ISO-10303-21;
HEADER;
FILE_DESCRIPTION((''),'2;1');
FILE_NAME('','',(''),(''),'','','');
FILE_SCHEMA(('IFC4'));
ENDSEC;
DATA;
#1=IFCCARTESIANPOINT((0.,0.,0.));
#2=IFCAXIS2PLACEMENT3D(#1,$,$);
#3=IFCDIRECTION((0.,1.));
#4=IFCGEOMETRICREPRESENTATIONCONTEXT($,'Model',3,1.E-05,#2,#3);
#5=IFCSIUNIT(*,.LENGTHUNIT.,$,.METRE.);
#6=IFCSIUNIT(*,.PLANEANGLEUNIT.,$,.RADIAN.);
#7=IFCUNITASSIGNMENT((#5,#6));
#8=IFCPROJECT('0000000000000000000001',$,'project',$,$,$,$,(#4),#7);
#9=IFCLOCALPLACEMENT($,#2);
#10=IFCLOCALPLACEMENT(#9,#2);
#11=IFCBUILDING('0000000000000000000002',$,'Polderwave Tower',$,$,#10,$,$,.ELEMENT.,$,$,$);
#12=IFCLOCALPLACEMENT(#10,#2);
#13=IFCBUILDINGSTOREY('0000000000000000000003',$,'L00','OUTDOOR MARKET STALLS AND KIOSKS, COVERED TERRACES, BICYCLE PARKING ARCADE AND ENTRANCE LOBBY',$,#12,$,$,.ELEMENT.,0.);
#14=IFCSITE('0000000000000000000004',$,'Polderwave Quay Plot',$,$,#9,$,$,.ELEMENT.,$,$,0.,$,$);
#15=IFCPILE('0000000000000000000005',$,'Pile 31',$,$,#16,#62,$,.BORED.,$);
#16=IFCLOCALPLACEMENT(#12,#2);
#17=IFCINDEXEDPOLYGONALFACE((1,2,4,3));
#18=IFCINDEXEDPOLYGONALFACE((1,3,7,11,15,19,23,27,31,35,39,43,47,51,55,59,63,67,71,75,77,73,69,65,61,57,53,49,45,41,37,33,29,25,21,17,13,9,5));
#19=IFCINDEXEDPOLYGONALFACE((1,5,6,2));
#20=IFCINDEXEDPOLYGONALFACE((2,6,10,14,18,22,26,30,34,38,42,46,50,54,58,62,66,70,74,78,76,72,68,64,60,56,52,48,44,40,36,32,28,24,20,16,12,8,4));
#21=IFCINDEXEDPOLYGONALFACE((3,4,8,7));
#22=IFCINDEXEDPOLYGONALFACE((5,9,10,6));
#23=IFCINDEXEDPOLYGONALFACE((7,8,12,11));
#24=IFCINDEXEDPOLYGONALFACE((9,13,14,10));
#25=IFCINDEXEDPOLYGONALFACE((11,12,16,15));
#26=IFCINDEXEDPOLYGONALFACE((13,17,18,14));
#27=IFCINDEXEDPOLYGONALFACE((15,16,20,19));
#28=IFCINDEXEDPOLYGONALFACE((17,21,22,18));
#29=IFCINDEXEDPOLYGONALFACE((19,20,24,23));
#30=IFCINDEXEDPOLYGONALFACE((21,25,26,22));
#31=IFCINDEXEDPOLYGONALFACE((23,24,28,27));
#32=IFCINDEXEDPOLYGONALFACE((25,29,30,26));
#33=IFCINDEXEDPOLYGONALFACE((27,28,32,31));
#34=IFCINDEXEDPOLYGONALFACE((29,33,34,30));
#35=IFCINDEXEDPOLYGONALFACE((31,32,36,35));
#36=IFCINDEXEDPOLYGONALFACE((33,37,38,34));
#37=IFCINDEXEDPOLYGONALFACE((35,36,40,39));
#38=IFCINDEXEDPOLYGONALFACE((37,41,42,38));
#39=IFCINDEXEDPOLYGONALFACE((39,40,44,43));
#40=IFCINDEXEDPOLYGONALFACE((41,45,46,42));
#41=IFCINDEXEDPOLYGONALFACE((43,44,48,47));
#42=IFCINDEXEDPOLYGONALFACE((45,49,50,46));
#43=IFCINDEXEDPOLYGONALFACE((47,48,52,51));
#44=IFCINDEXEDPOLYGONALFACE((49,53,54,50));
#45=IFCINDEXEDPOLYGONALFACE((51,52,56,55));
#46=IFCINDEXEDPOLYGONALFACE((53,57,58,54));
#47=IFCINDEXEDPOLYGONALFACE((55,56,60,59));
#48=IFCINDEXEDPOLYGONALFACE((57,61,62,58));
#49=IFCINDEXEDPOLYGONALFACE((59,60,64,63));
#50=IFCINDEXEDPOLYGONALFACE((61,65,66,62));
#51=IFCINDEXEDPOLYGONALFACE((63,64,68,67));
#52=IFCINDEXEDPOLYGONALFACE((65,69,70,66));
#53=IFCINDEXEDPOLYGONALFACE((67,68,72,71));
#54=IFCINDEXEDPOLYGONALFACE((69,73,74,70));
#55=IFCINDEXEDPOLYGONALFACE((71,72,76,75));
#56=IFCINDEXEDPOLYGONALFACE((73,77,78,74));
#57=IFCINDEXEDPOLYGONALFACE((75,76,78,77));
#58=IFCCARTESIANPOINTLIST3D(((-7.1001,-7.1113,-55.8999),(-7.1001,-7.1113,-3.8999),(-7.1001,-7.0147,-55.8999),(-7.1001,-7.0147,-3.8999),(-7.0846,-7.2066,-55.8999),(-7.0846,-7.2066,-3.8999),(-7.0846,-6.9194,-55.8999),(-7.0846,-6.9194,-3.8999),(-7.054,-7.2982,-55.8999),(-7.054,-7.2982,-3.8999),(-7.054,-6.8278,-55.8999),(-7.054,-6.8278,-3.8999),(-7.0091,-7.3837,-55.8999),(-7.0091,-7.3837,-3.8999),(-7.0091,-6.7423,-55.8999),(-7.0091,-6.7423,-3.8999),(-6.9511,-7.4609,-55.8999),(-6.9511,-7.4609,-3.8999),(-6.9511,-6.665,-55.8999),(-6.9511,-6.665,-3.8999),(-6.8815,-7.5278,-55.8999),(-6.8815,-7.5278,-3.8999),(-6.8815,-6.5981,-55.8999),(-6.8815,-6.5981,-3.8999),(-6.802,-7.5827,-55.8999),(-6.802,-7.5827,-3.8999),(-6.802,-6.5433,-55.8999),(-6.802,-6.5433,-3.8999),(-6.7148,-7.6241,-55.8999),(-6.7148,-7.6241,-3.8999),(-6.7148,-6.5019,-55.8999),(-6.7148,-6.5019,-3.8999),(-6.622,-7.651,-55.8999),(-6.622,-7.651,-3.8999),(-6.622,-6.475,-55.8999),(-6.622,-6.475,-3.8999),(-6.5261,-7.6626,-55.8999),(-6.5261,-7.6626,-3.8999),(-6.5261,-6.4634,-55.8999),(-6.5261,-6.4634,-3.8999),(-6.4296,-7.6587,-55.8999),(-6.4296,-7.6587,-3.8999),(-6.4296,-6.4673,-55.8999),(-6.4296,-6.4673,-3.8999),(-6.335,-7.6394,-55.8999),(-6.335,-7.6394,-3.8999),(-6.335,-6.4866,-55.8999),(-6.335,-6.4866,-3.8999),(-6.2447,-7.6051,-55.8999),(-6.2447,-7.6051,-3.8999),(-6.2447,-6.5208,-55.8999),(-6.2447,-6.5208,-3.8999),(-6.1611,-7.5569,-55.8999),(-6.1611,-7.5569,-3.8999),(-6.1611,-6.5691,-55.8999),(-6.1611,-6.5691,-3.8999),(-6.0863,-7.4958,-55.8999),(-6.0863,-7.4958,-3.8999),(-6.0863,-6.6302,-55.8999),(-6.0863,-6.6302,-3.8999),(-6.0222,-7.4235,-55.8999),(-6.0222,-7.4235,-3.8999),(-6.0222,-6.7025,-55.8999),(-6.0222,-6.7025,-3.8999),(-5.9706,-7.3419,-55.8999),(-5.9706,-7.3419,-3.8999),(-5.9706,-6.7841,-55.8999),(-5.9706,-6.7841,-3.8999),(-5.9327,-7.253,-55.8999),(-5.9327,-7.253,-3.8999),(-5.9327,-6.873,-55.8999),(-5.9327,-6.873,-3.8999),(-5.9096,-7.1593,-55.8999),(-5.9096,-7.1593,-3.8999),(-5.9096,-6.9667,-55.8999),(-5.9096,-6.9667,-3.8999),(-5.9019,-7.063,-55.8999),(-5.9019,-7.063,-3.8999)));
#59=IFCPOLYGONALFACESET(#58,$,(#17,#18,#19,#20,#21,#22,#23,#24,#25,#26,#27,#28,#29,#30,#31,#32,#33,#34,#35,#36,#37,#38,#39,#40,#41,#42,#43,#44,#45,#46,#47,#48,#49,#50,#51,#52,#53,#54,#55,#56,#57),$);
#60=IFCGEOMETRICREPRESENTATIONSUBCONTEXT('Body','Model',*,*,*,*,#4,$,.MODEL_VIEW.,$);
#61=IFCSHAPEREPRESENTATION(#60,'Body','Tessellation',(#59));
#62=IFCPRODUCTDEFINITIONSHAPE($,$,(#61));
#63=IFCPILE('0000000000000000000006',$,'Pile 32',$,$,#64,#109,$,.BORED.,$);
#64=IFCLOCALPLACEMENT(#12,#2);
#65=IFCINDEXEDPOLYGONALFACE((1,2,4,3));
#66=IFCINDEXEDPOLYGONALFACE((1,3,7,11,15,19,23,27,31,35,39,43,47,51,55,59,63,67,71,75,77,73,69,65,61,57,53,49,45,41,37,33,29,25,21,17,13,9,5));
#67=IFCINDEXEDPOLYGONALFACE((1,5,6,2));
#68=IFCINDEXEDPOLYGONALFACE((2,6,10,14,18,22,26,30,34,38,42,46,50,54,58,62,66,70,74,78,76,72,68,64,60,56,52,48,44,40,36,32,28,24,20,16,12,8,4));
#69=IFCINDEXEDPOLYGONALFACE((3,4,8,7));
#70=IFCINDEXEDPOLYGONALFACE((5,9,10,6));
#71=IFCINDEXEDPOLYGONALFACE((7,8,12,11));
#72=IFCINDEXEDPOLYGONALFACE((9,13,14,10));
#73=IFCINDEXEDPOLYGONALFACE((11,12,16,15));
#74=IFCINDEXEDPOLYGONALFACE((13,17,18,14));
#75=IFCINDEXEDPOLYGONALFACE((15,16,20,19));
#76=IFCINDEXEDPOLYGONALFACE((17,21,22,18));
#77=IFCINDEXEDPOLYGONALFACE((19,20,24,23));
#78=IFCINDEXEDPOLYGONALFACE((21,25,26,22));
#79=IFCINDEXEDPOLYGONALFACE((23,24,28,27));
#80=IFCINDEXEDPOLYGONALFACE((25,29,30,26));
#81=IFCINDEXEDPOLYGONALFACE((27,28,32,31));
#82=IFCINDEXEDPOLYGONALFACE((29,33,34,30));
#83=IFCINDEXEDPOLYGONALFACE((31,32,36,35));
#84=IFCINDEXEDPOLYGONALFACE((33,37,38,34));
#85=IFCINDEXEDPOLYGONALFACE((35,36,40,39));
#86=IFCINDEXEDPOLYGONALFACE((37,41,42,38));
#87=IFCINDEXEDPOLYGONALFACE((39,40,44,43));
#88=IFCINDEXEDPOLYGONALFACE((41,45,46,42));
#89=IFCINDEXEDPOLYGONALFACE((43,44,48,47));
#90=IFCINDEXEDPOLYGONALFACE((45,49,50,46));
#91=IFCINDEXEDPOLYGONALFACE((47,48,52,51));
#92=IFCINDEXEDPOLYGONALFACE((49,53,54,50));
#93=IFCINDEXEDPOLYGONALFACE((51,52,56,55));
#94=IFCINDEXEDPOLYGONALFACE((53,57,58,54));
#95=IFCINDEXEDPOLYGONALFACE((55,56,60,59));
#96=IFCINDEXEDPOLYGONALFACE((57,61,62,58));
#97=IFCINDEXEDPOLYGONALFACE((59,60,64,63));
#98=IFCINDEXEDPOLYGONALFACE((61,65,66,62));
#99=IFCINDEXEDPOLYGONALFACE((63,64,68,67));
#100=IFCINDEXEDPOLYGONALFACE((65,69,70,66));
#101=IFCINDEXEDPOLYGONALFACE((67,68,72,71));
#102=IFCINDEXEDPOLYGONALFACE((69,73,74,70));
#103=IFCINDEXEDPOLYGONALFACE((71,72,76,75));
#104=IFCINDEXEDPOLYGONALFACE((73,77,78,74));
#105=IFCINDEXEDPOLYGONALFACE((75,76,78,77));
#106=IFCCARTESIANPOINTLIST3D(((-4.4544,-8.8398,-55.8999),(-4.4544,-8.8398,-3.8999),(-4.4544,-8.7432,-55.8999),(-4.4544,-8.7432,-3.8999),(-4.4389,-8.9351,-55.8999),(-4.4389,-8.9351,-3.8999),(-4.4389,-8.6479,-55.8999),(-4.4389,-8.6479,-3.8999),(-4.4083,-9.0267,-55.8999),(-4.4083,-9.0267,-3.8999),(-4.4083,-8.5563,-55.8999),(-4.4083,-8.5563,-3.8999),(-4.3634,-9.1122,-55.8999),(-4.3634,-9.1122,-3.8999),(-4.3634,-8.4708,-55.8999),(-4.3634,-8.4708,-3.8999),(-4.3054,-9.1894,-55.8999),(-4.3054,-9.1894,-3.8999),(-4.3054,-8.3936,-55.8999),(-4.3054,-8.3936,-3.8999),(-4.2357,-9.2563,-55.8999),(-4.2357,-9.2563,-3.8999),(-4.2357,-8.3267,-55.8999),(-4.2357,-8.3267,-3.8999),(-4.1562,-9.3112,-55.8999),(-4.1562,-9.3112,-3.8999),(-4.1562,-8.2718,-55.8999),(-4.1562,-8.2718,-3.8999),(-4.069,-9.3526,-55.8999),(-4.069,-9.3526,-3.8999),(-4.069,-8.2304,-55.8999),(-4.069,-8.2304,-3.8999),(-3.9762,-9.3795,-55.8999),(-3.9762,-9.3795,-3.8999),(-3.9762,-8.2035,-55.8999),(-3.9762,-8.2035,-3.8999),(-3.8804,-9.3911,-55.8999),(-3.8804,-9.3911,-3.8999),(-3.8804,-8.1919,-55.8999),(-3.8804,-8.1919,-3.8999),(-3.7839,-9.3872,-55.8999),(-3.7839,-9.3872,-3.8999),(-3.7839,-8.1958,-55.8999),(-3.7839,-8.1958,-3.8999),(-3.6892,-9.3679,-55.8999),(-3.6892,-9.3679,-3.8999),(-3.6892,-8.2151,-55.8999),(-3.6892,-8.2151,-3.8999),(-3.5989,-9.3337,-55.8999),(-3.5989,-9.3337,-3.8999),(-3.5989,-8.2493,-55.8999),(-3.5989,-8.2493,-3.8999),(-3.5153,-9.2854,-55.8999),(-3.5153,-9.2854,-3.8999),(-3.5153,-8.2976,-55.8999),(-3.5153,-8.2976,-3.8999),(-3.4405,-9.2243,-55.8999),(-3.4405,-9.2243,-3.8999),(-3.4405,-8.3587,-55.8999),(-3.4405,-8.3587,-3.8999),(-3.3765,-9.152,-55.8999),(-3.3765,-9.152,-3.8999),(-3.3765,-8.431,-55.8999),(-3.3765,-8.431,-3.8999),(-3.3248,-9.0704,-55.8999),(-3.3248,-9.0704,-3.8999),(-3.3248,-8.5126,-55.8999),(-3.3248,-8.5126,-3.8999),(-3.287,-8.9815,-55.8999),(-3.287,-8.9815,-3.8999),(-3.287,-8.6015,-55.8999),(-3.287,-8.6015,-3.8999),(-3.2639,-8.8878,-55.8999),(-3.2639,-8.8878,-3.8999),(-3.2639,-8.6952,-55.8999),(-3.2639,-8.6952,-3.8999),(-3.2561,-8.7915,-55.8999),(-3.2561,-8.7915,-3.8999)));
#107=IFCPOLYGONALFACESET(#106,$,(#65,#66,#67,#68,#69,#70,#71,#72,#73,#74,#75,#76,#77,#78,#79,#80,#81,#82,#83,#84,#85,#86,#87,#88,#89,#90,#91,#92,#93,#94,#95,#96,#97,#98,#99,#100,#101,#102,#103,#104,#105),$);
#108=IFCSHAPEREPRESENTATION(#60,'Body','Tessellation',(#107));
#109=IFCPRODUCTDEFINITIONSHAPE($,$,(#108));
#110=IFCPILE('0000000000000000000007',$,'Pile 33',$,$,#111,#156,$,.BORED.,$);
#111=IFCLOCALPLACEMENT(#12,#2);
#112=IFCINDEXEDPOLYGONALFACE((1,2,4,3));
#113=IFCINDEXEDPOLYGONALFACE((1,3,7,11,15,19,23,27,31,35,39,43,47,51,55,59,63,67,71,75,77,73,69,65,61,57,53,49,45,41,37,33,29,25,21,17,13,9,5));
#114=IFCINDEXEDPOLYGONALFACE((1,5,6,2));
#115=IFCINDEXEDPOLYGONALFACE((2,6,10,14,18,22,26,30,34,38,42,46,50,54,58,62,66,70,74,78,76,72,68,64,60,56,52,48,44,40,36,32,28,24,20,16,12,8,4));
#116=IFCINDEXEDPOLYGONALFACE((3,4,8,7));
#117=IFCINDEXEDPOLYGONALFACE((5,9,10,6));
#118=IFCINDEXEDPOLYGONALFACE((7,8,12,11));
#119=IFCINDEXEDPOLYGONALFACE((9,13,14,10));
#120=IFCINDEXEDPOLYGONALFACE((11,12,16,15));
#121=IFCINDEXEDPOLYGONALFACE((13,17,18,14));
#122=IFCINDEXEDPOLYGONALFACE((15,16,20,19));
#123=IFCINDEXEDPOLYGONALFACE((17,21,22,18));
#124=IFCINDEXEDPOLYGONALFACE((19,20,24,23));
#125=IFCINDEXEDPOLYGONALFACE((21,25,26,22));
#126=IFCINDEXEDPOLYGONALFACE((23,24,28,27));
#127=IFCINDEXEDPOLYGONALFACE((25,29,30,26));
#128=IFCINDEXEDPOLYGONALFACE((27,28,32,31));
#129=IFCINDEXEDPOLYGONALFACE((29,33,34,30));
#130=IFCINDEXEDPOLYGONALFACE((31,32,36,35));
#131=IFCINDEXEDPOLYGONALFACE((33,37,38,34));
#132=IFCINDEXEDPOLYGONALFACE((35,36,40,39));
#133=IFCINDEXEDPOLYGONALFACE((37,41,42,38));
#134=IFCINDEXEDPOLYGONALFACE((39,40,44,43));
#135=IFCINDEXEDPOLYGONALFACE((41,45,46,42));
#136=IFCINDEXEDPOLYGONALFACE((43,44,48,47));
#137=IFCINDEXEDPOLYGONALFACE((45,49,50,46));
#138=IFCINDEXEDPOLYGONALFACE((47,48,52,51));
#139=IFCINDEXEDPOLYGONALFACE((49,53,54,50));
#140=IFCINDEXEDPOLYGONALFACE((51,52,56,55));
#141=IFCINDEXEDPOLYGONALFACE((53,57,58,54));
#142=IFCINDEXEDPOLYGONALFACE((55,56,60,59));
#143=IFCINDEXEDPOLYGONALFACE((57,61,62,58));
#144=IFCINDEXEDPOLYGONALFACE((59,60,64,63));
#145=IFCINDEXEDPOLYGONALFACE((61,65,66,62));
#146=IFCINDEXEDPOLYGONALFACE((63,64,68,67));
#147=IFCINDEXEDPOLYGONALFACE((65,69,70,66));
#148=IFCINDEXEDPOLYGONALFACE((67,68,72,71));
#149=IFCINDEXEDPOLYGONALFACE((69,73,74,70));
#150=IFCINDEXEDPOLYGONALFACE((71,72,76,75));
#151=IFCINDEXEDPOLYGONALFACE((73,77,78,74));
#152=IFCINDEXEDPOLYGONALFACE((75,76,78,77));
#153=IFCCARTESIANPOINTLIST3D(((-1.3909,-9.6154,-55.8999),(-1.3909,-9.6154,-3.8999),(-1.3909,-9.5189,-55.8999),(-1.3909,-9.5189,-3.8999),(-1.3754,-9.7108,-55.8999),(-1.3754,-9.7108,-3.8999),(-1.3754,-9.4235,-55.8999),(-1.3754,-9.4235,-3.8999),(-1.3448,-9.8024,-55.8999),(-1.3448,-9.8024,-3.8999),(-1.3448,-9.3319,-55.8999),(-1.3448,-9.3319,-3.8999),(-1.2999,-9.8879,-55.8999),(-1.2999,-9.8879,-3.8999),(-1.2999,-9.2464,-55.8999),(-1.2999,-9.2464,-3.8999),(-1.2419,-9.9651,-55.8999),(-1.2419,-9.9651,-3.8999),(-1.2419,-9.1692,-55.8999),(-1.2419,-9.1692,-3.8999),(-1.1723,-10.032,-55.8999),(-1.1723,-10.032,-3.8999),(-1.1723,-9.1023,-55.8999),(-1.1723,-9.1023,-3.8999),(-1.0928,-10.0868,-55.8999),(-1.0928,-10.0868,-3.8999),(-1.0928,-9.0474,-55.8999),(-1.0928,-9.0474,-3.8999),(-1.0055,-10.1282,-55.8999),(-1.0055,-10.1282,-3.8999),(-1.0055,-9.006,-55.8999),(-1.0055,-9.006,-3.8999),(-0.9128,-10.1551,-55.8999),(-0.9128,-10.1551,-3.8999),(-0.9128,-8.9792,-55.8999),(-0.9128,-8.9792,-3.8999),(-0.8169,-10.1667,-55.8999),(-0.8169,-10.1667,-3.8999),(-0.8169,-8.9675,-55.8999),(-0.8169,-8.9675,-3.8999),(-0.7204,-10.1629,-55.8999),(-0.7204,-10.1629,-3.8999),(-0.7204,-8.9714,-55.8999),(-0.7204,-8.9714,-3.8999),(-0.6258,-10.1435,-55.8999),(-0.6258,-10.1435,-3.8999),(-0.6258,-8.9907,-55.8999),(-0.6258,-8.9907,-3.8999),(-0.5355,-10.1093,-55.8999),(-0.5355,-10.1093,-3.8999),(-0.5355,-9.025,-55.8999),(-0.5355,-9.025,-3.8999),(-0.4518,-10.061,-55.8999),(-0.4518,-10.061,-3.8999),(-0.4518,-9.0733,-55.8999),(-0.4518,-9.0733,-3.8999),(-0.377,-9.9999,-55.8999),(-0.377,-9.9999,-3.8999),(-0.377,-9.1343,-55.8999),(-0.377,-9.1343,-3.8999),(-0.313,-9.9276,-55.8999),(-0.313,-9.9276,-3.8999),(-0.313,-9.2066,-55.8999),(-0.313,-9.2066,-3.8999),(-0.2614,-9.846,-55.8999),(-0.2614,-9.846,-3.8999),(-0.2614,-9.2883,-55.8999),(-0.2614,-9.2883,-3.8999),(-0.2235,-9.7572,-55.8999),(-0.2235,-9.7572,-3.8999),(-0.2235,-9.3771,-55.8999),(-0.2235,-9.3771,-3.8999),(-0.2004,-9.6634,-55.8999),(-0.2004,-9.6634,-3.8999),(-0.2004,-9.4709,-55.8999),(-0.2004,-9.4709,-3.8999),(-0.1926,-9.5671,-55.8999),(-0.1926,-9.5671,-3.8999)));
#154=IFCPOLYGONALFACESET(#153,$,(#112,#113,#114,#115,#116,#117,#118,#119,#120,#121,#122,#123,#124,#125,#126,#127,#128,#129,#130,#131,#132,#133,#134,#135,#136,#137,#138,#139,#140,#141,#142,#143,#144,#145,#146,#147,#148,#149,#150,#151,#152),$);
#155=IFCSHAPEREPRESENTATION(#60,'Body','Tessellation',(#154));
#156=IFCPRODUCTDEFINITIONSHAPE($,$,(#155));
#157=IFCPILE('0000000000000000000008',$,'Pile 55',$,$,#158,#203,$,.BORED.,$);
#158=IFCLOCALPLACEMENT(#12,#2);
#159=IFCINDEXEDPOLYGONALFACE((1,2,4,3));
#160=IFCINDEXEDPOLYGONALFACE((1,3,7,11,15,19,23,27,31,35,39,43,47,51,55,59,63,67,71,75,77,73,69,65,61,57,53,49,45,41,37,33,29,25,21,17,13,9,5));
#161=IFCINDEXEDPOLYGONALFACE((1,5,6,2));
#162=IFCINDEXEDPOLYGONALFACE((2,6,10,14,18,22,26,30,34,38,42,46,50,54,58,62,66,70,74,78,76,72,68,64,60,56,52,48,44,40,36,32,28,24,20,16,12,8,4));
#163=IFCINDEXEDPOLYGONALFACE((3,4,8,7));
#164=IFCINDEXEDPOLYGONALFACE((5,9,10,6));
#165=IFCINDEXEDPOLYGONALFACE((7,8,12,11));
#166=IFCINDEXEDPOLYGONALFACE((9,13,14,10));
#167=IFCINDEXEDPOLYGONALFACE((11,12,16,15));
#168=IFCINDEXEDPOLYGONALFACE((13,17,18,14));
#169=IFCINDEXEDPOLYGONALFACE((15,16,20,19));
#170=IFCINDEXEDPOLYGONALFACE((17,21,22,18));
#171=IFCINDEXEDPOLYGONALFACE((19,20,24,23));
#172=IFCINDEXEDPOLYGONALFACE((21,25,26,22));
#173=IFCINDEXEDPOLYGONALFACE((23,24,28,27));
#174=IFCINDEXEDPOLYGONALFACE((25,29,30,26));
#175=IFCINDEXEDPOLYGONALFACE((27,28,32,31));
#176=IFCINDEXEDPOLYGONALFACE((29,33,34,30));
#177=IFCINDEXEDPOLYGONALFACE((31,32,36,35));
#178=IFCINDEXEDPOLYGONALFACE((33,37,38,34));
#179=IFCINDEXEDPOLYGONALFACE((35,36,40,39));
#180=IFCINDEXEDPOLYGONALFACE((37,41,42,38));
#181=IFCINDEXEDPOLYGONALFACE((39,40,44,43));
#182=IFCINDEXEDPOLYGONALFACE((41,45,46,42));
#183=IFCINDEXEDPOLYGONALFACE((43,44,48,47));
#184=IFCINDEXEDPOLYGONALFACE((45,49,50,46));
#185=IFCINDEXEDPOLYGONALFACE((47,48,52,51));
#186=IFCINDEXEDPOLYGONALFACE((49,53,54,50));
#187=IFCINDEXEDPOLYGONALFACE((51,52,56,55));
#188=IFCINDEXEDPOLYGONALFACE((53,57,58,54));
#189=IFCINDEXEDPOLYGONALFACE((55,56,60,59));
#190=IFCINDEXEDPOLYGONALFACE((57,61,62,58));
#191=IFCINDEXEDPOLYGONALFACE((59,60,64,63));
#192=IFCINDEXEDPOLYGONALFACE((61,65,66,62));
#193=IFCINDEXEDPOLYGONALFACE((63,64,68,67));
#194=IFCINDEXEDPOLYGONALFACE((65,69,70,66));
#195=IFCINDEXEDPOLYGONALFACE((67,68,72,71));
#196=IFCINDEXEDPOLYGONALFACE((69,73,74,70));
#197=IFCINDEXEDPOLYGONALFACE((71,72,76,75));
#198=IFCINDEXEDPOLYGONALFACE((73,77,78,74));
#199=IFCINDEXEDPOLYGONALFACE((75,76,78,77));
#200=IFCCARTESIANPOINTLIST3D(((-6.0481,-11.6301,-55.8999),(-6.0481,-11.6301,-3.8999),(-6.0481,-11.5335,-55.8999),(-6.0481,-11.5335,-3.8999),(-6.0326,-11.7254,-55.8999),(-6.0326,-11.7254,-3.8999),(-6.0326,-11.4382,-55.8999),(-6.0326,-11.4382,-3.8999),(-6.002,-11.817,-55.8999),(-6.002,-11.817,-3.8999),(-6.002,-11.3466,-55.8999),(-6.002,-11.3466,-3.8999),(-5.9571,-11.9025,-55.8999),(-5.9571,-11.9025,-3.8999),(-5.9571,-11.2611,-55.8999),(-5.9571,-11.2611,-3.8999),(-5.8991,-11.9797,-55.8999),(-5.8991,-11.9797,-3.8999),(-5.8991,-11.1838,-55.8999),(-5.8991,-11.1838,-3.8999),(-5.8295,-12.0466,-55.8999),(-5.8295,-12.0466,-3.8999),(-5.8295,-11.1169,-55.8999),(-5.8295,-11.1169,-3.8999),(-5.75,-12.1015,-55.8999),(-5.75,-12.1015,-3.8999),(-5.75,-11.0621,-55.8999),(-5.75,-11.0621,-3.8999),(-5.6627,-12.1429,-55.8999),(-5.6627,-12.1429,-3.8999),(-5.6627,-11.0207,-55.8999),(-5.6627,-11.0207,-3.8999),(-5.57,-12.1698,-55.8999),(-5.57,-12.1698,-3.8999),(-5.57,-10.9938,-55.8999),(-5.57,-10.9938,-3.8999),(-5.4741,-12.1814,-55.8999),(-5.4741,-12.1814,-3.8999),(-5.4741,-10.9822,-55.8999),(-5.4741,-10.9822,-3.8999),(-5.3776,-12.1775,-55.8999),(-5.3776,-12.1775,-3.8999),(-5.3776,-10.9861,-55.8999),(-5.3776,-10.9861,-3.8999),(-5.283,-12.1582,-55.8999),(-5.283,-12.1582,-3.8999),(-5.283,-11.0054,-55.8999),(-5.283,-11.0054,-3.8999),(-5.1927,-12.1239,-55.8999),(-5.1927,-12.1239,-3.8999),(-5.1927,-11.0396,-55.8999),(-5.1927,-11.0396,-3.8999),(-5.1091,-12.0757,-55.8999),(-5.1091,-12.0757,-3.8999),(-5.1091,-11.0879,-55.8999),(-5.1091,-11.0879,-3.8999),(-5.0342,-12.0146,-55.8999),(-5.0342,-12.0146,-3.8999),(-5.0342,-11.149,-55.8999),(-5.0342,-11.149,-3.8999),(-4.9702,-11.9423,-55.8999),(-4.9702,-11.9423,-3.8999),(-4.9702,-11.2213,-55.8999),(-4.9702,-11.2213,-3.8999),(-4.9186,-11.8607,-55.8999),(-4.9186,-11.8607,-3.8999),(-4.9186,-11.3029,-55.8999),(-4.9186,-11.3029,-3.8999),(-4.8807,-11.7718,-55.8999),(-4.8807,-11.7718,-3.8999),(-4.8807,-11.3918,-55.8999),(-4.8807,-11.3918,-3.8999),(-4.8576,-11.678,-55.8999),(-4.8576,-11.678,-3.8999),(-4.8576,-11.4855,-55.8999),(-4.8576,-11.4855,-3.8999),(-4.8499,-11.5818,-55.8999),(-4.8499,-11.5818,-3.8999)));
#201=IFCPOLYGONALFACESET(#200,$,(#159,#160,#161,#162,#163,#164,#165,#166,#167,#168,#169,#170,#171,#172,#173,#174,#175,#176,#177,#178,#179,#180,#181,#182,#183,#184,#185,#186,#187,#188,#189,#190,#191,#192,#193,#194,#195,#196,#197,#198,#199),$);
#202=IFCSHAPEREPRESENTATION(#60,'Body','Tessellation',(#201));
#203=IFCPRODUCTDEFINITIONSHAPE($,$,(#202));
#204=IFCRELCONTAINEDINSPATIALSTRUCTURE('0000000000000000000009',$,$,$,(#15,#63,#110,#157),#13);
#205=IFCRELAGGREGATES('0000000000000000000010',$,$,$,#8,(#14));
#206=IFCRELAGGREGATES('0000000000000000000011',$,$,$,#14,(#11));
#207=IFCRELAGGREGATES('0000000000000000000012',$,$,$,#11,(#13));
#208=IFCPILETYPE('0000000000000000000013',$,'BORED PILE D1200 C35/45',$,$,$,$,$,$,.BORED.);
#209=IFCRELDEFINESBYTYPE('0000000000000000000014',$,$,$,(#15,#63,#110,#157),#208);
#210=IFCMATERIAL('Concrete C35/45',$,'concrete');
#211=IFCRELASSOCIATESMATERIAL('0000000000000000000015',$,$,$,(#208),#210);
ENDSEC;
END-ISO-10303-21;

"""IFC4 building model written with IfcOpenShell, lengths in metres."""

from ifc_helpers import new_model, si_unit, direction, frame, origin, origin_2d, place, context, subcontext, project, spatial, circle, extrude, material, material_profile, profile_set, type_object, element, save


model = new_model("IFC4")

# Units and contexts
model_context = context("Model", 3, precision=1e-05, world=origin(), true_north=direction((0.0, 1.0)))
body_context = subcontext(model_context, "Body", "Model", "MODEL_VIEW")
ifc_project = project(units=[si_unit("LENGTHUNIT", "METRE"), si_unit("PLANEANGLEUNIT", "RADIAN")], contexts=[model_context])

# Site, building, storey
site_placement = place(None, origin())
site = spatial("IfcSite", under=ifc_project, at=site_placement, Name="Polderwave Quay Plot", CompositionType="ELEMENT", RefElevation=0.0)
building_placement = place(site_placement, origin())
building = spatial("IfcBuilding", under=site, at=building_placement, Name="Polderwave Tower", CompositionType="ELEMENT")
storey_placement = place(building_placement, origin())
storey = spatial("IfcBuildingStorey", under=building, at=storey_placement, Name="L00", Description="OUTDOOR MARKET STALLS AND KIOSKS, COVERED TERRACES, BICYCLE PARKING ARCADE AND ENTRANCE LOBBY", CompositionType="ELEMENT", Elevation=0.0)

# Piles
ifc_material_1 = material(Name="Concrete C35/45", Category="concrete")
ifc_material_profile = material_profile(ifc_material_1, circle(Radius=0.6001, at=origin_2d()), Name="BORED D1200")
ifc_profile_set = profile_set([ifc_material_profile], Name="Concrete C35/45")
pile_type = type_object("IfcPileType", Name="BORED PILE D1200 C35/45", PredefinedType="BORED", material=ifc_profile_set)
for number, where, z_axis, x_axis, name in (
    (1, (-6.502, -7.063, -3.8999), (0.0, 0.0, -1.0), (1.0, 0.0, 0.0), "Pile 31"),
    (2, (-3.8562, -8.7915, -3.8999), (0.0, 0.0, -1.0), (1.0, 0.0, 0.0), "Pile 32"),
    (3, (-0.7927, -9.5671, -3.8999), (0.0, 0.0, -1.0), (1.0, 0.0, 0.0), "Pile 33"),
    (4, (-5.45, -11.5818, -3.8999), (0.0, 0.0, -1.0), (1.0, 0.0, 0.0), "Pile 55"),
):
    element("IfcPile", number, at=place(storey_placement, frame(where, z_axis=z_axis, x_axis=x_axis)), inside=storey, type_object=pile_type, Name=name, PredefinedType="BORED", context=body_context, shape_type="SweptSolid", body=[
        extrude(circle(Radius=0.6001, at=origin_2d()), origin(), (0.0, 0.0, 1.0), 52.0),
    ])

save(model, "model.ifc")
